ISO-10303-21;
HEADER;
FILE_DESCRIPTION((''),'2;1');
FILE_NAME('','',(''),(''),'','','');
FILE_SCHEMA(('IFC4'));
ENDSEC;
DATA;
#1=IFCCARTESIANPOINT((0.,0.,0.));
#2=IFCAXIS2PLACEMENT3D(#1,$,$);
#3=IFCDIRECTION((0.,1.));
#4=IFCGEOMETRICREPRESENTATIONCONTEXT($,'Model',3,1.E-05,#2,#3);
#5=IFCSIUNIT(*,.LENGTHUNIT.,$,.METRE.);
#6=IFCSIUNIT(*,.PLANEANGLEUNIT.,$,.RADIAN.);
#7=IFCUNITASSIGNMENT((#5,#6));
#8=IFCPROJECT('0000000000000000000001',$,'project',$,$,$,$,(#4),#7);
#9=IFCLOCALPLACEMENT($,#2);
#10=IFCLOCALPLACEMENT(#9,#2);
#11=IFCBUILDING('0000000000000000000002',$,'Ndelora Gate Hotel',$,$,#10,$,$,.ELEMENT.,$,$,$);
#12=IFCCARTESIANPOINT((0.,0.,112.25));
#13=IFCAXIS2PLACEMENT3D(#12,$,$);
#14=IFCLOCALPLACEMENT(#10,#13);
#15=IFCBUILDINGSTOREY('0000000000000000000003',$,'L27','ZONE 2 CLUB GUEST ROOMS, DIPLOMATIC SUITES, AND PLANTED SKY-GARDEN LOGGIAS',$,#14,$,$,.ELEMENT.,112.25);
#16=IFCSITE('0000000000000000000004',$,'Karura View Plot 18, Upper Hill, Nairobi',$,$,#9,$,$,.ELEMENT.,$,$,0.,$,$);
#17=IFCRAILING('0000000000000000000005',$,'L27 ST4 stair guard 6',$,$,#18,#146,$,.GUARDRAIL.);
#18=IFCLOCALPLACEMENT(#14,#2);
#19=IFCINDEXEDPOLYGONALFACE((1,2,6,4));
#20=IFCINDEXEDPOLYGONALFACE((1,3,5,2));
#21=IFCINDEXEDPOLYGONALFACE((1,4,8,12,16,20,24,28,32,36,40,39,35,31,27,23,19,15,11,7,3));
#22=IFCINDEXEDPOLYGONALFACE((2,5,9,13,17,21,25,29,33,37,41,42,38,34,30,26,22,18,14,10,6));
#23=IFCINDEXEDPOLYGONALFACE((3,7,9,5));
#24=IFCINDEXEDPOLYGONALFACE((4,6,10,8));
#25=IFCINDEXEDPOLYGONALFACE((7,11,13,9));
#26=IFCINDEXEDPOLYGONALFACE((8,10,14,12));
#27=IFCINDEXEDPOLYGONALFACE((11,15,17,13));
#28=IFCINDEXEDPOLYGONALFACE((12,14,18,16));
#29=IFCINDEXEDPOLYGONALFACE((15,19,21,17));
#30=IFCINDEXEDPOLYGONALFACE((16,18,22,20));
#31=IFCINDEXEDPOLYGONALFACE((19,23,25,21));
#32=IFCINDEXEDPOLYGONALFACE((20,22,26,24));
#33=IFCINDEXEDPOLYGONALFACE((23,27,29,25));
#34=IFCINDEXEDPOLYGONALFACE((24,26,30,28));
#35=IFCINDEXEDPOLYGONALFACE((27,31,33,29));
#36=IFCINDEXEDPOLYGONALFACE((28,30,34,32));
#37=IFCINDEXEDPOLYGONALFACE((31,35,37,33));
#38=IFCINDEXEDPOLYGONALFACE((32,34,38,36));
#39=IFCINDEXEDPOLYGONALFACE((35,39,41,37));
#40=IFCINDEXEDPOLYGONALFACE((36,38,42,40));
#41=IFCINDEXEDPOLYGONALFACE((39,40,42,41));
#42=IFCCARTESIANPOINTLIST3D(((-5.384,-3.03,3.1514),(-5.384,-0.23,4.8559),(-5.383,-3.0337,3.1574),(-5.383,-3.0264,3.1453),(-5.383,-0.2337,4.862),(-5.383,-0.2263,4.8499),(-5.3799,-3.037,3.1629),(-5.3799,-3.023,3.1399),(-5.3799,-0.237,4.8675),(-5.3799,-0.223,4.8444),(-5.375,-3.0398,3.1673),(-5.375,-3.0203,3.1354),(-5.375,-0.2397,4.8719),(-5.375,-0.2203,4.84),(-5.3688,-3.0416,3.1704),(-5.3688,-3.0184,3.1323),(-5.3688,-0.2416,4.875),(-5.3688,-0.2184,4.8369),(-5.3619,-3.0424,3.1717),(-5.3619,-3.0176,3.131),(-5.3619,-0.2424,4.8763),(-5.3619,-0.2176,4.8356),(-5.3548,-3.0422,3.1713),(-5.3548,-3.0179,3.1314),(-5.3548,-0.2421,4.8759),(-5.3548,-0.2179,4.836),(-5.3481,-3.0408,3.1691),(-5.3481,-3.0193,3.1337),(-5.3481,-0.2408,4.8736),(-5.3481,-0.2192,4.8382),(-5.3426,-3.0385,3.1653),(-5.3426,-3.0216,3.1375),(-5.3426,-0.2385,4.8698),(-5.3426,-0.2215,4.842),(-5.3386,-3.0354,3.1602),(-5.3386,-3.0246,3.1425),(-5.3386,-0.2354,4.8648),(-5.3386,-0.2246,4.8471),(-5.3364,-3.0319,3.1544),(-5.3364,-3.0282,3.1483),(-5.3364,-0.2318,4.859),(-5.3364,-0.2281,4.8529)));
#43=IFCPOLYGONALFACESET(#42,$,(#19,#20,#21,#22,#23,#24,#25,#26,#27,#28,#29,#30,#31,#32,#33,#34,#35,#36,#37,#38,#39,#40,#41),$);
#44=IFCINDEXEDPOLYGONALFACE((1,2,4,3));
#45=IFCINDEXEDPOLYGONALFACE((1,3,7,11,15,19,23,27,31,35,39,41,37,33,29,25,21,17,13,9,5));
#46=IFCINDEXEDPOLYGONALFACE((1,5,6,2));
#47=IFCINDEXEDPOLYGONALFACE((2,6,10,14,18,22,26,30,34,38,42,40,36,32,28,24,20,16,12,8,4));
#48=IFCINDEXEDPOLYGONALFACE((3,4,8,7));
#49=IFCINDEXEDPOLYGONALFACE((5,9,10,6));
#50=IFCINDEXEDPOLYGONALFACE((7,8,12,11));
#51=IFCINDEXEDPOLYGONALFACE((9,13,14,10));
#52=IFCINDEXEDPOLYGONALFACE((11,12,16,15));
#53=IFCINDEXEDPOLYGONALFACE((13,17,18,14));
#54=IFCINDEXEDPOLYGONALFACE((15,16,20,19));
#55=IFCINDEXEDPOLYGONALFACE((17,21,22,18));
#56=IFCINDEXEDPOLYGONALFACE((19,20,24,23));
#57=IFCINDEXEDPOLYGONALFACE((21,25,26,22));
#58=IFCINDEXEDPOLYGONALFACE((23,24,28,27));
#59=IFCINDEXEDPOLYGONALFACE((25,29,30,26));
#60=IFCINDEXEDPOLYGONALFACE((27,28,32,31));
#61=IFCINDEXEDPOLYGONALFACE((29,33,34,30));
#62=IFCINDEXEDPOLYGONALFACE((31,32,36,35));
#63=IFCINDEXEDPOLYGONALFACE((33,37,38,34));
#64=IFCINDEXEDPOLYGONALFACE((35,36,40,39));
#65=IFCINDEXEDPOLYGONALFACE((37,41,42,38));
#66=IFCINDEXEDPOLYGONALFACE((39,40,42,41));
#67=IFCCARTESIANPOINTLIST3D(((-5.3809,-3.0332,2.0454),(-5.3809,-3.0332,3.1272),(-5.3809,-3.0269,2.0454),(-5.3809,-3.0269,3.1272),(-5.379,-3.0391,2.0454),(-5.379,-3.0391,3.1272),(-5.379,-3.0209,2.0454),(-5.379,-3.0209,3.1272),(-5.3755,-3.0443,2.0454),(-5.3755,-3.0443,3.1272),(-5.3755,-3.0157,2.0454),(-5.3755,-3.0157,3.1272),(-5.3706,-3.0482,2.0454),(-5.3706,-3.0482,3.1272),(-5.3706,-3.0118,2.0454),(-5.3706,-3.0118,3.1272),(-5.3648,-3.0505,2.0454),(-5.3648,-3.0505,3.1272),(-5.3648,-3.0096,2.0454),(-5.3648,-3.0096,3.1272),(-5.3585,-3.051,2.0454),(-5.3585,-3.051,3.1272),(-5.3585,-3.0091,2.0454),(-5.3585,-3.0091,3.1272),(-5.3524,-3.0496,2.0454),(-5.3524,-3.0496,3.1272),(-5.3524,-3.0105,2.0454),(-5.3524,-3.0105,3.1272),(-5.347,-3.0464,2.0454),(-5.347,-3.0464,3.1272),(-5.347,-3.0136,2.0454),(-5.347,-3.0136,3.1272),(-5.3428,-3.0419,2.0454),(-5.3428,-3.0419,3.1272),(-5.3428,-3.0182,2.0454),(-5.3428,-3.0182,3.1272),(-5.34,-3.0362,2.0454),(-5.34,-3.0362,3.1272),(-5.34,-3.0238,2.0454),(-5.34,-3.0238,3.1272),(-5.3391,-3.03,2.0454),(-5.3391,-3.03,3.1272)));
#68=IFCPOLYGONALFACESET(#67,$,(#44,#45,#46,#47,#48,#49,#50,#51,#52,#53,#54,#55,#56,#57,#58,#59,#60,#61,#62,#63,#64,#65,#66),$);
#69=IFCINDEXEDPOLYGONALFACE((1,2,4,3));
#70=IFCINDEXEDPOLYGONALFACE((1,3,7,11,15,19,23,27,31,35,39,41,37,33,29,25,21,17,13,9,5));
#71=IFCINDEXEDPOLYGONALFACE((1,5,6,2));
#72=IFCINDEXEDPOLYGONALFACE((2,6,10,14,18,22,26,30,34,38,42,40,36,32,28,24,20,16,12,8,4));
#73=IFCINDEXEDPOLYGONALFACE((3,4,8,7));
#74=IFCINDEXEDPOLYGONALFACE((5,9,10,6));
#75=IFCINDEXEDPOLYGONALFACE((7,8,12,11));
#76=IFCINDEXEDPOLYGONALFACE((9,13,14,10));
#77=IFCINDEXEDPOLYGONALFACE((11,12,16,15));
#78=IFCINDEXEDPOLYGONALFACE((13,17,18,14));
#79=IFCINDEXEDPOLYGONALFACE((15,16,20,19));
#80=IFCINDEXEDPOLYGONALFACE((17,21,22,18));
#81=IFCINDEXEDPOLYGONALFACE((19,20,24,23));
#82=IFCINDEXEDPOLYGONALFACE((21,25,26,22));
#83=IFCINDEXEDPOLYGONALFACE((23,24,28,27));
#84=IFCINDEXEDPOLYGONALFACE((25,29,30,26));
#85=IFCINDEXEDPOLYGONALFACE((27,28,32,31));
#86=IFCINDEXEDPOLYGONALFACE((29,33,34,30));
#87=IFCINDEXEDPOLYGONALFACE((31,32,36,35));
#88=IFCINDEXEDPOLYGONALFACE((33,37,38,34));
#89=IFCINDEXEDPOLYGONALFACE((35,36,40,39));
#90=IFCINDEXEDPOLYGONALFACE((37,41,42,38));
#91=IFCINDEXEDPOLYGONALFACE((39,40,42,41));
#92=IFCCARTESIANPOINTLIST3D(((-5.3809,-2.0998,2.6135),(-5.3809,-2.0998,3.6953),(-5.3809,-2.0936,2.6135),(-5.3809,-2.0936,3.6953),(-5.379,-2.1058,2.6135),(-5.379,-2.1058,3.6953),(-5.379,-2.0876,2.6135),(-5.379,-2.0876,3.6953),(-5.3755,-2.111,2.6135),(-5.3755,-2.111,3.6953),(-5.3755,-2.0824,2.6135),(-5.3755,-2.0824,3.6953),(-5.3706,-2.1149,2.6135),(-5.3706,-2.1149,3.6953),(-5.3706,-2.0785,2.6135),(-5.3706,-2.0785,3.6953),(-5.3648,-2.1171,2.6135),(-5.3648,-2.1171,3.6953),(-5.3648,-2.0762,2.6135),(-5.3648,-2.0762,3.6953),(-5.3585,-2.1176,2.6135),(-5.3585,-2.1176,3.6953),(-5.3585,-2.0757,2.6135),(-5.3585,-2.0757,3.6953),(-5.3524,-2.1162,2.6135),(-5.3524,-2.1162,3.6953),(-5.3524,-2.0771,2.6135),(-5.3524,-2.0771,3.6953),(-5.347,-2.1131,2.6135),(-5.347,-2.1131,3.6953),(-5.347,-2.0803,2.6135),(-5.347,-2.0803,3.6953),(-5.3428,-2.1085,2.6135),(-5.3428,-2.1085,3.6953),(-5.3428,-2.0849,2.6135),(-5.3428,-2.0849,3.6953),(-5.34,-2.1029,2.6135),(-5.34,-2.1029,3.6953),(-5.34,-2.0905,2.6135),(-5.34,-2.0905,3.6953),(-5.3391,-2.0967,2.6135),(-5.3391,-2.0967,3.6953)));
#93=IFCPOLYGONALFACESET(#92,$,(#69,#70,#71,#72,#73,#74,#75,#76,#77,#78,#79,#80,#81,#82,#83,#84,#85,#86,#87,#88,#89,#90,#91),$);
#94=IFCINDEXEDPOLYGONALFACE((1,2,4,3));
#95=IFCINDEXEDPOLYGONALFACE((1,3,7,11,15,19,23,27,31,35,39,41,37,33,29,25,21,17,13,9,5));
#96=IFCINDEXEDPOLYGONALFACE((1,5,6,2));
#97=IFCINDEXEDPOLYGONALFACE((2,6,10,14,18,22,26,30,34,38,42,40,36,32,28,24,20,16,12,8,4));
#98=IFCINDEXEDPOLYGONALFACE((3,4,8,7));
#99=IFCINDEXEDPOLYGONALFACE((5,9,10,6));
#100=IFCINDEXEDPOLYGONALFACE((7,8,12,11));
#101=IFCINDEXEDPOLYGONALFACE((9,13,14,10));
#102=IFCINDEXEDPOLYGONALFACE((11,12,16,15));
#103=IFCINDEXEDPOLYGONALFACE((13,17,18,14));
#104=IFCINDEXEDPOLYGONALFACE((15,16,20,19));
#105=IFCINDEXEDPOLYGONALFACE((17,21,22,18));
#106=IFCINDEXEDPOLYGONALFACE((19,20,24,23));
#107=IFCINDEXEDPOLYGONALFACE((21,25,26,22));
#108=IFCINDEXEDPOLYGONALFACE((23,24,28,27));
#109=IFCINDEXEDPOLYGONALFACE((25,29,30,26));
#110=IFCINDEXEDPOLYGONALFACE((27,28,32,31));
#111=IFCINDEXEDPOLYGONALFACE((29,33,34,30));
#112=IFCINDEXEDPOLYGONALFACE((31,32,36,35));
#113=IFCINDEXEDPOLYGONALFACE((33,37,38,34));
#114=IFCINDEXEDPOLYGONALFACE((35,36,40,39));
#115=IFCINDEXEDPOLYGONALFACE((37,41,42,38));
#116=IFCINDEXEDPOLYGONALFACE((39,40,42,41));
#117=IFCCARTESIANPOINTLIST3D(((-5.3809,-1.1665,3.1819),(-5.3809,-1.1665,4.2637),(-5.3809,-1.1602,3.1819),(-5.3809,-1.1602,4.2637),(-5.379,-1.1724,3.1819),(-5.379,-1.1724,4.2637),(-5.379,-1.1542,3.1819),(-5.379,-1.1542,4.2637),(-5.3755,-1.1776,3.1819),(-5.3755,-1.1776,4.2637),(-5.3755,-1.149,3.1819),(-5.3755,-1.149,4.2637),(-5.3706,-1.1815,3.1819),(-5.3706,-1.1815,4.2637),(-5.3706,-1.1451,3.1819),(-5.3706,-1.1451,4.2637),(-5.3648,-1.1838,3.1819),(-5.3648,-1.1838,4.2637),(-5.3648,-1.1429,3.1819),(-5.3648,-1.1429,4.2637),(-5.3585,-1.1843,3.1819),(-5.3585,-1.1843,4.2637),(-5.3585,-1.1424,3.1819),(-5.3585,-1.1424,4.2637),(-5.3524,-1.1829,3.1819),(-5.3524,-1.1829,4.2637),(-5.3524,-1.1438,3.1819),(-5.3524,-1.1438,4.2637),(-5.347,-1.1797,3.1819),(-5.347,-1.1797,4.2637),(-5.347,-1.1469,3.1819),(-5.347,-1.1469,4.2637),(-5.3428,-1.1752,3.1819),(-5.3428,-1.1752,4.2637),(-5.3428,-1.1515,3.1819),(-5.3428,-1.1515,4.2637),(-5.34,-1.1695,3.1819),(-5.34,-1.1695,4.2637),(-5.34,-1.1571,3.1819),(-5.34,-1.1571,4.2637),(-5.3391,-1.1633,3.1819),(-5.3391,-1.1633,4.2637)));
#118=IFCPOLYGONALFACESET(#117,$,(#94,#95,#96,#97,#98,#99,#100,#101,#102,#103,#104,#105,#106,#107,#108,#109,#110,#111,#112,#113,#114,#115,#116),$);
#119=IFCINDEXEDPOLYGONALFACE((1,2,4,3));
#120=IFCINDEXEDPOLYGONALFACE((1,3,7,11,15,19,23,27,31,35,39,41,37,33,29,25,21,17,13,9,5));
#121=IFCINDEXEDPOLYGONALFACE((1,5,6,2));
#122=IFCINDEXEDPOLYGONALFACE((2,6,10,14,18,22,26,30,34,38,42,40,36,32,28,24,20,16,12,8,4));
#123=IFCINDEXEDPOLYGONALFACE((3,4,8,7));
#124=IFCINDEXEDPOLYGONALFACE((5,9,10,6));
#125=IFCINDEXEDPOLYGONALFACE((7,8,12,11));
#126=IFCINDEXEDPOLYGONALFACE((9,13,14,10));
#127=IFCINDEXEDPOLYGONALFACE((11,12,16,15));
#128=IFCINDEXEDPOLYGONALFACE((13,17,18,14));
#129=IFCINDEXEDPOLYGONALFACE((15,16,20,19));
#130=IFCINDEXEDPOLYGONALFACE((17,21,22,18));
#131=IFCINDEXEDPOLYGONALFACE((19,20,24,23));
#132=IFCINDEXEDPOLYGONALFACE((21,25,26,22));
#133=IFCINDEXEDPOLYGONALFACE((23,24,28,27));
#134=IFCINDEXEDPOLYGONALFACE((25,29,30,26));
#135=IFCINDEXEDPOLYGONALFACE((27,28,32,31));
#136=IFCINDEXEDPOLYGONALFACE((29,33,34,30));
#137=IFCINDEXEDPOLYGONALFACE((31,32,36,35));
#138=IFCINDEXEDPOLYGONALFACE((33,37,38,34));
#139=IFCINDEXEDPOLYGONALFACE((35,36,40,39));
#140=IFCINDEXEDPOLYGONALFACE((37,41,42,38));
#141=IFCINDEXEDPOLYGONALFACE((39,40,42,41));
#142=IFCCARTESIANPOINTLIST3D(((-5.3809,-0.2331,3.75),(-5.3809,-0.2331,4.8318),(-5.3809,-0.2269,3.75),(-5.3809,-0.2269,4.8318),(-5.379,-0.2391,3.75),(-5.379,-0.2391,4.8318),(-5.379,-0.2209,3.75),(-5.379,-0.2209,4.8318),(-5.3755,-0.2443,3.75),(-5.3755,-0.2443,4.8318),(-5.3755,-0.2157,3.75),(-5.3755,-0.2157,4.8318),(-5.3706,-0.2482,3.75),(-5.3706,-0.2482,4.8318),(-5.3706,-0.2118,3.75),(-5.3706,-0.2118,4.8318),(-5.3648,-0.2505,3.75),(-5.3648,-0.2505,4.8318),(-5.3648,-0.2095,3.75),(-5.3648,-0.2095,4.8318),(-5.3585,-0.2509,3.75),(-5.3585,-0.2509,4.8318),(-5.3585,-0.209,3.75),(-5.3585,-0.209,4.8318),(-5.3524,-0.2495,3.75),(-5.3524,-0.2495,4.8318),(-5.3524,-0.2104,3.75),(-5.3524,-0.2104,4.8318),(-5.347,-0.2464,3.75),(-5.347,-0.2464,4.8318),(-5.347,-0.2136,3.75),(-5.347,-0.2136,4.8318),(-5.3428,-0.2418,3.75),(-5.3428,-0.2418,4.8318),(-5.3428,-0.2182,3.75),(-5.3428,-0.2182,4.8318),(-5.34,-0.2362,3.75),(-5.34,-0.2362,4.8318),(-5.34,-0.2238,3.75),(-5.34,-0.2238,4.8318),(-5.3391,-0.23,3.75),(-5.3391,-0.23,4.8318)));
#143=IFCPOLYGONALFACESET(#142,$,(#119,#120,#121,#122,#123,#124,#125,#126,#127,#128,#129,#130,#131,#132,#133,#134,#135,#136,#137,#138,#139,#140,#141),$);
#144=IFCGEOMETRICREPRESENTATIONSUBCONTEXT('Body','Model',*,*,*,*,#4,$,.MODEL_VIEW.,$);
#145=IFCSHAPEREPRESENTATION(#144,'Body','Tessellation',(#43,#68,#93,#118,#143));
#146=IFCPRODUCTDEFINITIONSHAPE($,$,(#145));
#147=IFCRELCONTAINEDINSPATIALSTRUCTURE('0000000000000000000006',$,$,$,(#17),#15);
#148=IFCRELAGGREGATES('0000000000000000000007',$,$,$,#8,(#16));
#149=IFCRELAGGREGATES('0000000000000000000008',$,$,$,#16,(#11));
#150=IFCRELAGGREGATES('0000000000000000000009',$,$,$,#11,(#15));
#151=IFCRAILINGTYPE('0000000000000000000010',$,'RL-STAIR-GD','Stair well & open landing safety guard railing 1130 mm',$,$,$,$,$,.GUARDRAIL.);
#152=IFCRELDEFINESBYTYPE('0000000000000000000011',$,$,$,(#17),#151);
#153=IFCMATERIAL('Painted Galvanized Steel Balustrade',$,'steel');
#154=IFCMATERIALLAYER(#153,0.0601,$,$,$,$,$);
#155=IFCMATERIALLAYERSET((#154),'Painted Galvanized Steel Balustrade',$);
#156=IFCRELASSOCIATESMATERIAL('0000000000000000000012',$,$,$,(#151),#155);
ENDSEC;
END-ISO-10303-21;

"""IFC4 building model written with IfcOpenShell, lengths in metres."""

from ifc_helpers import new_model, si_unit, direction, frame, origin, origin_2d, place, context, subcontext, project, spatial, circle, extrude, material, layer, layer_set, type_object, element, save


model = new_model("IFC4")

# Units and contexts
model_context = context("Model", 3, precision=1e-05, world=origin(), true_north=direction((0.0, 1.0)))
body_context = subcontext(model_context, "Body", "Model", "MODEL_VIEW")
ifc_project = project(units=[si_unit("LENGTHUNIT", "METRE"), si_unit("PLANEANGLEUNIT", "RADIAN")], contexts=[model_context])

# Site, building, storey
site_placement = place(None, origin())
site = spatial("IfcSite", under=ifc_project, at=site_placement, Name="Karura View Plot 18, Upper Hill, Nairobi", CompositionType="ELEMENT", RefElevation=0.0)
building_placement = place(site_placement, origin())
building = spatial("IfcBuilding", under=site, at=building_placement, Name="Ndelora Gate Hotel", CompositionType="ELEMENT")
storey_placement = place(building_placement, frame((0.0, 0.0, 112.25)))
storey = spatial("IfcBuildingStorey", under=building, at=storey_placement, Name="L27", Description="ZONE 2 CLUB GUEST ROOMS, DIPLOMATIC SUITES, AND PLANTED SKY-GARDEN LOGGIAS", CompositionType="ELEMENT", Elevation=112.25)

# Railing
ifc_material_1 = material(Name="Painted Galvanized Steel Balustrade", Category="steel")
ifc_layer_1 = layer(ifc_material_1, 0.0601)
ifc_layer_set_1 = layer_set([ifc_layer_1], Name="Painted Galvanized Steel Balustrade")
railing_type_1 = type_object("IfcRailingType", Name="RL-STAIR-GD", Description="Stair well & open landing safety guard railing 1130 mm", PredefinedType="GUARDRAIL", material=ifc_layer_set_1)
railing_1_placement = place(storey_placement, frame((-5.3601, -3.03, 2.0454)))
element("IfcRailing", 1, at=railing_1_placement, inside=storey, type_object=railing_type_1, Name="L27 ST4 stair guard 6", PredefinedType="GUARDRAIL", context=body_context, shape_type="SweptSolid", body=[
    extrude(circle(Radius=0.0239, at=origin_2d()), frame((0.0, 0.0, 1.106), z_axis=(0.0, 0.85417, 0.519994), x_axis=(-1.0, 0.0, 0.0)), (0.0, 0.0, 1.0), 3.2781),
    extrude(circle(Radius=0.021, at=origin_2d()), origin(), (0.0, 0.0, 1.0), 1.0818),
    extrude(circle(Radius=0.021, at=origin_2d()), frame((0.0, 0.9333, 0.5681)), (0.0, 0.0, 1.0), 1.0818),
    extrude(circle(Radius=0.021, at=origin_2d()), frame((0.0, 1.8667, 1.1365)), (0.0, 0.0, 1.0), 1.0818),
    extrude(circle(Radius=0.021, at=origin_2d()), frame((0.0, 2.8, 1.7046)), (0.0, 0.0, 1.0), 1.0818),
])

save(model, "model.ifc")
